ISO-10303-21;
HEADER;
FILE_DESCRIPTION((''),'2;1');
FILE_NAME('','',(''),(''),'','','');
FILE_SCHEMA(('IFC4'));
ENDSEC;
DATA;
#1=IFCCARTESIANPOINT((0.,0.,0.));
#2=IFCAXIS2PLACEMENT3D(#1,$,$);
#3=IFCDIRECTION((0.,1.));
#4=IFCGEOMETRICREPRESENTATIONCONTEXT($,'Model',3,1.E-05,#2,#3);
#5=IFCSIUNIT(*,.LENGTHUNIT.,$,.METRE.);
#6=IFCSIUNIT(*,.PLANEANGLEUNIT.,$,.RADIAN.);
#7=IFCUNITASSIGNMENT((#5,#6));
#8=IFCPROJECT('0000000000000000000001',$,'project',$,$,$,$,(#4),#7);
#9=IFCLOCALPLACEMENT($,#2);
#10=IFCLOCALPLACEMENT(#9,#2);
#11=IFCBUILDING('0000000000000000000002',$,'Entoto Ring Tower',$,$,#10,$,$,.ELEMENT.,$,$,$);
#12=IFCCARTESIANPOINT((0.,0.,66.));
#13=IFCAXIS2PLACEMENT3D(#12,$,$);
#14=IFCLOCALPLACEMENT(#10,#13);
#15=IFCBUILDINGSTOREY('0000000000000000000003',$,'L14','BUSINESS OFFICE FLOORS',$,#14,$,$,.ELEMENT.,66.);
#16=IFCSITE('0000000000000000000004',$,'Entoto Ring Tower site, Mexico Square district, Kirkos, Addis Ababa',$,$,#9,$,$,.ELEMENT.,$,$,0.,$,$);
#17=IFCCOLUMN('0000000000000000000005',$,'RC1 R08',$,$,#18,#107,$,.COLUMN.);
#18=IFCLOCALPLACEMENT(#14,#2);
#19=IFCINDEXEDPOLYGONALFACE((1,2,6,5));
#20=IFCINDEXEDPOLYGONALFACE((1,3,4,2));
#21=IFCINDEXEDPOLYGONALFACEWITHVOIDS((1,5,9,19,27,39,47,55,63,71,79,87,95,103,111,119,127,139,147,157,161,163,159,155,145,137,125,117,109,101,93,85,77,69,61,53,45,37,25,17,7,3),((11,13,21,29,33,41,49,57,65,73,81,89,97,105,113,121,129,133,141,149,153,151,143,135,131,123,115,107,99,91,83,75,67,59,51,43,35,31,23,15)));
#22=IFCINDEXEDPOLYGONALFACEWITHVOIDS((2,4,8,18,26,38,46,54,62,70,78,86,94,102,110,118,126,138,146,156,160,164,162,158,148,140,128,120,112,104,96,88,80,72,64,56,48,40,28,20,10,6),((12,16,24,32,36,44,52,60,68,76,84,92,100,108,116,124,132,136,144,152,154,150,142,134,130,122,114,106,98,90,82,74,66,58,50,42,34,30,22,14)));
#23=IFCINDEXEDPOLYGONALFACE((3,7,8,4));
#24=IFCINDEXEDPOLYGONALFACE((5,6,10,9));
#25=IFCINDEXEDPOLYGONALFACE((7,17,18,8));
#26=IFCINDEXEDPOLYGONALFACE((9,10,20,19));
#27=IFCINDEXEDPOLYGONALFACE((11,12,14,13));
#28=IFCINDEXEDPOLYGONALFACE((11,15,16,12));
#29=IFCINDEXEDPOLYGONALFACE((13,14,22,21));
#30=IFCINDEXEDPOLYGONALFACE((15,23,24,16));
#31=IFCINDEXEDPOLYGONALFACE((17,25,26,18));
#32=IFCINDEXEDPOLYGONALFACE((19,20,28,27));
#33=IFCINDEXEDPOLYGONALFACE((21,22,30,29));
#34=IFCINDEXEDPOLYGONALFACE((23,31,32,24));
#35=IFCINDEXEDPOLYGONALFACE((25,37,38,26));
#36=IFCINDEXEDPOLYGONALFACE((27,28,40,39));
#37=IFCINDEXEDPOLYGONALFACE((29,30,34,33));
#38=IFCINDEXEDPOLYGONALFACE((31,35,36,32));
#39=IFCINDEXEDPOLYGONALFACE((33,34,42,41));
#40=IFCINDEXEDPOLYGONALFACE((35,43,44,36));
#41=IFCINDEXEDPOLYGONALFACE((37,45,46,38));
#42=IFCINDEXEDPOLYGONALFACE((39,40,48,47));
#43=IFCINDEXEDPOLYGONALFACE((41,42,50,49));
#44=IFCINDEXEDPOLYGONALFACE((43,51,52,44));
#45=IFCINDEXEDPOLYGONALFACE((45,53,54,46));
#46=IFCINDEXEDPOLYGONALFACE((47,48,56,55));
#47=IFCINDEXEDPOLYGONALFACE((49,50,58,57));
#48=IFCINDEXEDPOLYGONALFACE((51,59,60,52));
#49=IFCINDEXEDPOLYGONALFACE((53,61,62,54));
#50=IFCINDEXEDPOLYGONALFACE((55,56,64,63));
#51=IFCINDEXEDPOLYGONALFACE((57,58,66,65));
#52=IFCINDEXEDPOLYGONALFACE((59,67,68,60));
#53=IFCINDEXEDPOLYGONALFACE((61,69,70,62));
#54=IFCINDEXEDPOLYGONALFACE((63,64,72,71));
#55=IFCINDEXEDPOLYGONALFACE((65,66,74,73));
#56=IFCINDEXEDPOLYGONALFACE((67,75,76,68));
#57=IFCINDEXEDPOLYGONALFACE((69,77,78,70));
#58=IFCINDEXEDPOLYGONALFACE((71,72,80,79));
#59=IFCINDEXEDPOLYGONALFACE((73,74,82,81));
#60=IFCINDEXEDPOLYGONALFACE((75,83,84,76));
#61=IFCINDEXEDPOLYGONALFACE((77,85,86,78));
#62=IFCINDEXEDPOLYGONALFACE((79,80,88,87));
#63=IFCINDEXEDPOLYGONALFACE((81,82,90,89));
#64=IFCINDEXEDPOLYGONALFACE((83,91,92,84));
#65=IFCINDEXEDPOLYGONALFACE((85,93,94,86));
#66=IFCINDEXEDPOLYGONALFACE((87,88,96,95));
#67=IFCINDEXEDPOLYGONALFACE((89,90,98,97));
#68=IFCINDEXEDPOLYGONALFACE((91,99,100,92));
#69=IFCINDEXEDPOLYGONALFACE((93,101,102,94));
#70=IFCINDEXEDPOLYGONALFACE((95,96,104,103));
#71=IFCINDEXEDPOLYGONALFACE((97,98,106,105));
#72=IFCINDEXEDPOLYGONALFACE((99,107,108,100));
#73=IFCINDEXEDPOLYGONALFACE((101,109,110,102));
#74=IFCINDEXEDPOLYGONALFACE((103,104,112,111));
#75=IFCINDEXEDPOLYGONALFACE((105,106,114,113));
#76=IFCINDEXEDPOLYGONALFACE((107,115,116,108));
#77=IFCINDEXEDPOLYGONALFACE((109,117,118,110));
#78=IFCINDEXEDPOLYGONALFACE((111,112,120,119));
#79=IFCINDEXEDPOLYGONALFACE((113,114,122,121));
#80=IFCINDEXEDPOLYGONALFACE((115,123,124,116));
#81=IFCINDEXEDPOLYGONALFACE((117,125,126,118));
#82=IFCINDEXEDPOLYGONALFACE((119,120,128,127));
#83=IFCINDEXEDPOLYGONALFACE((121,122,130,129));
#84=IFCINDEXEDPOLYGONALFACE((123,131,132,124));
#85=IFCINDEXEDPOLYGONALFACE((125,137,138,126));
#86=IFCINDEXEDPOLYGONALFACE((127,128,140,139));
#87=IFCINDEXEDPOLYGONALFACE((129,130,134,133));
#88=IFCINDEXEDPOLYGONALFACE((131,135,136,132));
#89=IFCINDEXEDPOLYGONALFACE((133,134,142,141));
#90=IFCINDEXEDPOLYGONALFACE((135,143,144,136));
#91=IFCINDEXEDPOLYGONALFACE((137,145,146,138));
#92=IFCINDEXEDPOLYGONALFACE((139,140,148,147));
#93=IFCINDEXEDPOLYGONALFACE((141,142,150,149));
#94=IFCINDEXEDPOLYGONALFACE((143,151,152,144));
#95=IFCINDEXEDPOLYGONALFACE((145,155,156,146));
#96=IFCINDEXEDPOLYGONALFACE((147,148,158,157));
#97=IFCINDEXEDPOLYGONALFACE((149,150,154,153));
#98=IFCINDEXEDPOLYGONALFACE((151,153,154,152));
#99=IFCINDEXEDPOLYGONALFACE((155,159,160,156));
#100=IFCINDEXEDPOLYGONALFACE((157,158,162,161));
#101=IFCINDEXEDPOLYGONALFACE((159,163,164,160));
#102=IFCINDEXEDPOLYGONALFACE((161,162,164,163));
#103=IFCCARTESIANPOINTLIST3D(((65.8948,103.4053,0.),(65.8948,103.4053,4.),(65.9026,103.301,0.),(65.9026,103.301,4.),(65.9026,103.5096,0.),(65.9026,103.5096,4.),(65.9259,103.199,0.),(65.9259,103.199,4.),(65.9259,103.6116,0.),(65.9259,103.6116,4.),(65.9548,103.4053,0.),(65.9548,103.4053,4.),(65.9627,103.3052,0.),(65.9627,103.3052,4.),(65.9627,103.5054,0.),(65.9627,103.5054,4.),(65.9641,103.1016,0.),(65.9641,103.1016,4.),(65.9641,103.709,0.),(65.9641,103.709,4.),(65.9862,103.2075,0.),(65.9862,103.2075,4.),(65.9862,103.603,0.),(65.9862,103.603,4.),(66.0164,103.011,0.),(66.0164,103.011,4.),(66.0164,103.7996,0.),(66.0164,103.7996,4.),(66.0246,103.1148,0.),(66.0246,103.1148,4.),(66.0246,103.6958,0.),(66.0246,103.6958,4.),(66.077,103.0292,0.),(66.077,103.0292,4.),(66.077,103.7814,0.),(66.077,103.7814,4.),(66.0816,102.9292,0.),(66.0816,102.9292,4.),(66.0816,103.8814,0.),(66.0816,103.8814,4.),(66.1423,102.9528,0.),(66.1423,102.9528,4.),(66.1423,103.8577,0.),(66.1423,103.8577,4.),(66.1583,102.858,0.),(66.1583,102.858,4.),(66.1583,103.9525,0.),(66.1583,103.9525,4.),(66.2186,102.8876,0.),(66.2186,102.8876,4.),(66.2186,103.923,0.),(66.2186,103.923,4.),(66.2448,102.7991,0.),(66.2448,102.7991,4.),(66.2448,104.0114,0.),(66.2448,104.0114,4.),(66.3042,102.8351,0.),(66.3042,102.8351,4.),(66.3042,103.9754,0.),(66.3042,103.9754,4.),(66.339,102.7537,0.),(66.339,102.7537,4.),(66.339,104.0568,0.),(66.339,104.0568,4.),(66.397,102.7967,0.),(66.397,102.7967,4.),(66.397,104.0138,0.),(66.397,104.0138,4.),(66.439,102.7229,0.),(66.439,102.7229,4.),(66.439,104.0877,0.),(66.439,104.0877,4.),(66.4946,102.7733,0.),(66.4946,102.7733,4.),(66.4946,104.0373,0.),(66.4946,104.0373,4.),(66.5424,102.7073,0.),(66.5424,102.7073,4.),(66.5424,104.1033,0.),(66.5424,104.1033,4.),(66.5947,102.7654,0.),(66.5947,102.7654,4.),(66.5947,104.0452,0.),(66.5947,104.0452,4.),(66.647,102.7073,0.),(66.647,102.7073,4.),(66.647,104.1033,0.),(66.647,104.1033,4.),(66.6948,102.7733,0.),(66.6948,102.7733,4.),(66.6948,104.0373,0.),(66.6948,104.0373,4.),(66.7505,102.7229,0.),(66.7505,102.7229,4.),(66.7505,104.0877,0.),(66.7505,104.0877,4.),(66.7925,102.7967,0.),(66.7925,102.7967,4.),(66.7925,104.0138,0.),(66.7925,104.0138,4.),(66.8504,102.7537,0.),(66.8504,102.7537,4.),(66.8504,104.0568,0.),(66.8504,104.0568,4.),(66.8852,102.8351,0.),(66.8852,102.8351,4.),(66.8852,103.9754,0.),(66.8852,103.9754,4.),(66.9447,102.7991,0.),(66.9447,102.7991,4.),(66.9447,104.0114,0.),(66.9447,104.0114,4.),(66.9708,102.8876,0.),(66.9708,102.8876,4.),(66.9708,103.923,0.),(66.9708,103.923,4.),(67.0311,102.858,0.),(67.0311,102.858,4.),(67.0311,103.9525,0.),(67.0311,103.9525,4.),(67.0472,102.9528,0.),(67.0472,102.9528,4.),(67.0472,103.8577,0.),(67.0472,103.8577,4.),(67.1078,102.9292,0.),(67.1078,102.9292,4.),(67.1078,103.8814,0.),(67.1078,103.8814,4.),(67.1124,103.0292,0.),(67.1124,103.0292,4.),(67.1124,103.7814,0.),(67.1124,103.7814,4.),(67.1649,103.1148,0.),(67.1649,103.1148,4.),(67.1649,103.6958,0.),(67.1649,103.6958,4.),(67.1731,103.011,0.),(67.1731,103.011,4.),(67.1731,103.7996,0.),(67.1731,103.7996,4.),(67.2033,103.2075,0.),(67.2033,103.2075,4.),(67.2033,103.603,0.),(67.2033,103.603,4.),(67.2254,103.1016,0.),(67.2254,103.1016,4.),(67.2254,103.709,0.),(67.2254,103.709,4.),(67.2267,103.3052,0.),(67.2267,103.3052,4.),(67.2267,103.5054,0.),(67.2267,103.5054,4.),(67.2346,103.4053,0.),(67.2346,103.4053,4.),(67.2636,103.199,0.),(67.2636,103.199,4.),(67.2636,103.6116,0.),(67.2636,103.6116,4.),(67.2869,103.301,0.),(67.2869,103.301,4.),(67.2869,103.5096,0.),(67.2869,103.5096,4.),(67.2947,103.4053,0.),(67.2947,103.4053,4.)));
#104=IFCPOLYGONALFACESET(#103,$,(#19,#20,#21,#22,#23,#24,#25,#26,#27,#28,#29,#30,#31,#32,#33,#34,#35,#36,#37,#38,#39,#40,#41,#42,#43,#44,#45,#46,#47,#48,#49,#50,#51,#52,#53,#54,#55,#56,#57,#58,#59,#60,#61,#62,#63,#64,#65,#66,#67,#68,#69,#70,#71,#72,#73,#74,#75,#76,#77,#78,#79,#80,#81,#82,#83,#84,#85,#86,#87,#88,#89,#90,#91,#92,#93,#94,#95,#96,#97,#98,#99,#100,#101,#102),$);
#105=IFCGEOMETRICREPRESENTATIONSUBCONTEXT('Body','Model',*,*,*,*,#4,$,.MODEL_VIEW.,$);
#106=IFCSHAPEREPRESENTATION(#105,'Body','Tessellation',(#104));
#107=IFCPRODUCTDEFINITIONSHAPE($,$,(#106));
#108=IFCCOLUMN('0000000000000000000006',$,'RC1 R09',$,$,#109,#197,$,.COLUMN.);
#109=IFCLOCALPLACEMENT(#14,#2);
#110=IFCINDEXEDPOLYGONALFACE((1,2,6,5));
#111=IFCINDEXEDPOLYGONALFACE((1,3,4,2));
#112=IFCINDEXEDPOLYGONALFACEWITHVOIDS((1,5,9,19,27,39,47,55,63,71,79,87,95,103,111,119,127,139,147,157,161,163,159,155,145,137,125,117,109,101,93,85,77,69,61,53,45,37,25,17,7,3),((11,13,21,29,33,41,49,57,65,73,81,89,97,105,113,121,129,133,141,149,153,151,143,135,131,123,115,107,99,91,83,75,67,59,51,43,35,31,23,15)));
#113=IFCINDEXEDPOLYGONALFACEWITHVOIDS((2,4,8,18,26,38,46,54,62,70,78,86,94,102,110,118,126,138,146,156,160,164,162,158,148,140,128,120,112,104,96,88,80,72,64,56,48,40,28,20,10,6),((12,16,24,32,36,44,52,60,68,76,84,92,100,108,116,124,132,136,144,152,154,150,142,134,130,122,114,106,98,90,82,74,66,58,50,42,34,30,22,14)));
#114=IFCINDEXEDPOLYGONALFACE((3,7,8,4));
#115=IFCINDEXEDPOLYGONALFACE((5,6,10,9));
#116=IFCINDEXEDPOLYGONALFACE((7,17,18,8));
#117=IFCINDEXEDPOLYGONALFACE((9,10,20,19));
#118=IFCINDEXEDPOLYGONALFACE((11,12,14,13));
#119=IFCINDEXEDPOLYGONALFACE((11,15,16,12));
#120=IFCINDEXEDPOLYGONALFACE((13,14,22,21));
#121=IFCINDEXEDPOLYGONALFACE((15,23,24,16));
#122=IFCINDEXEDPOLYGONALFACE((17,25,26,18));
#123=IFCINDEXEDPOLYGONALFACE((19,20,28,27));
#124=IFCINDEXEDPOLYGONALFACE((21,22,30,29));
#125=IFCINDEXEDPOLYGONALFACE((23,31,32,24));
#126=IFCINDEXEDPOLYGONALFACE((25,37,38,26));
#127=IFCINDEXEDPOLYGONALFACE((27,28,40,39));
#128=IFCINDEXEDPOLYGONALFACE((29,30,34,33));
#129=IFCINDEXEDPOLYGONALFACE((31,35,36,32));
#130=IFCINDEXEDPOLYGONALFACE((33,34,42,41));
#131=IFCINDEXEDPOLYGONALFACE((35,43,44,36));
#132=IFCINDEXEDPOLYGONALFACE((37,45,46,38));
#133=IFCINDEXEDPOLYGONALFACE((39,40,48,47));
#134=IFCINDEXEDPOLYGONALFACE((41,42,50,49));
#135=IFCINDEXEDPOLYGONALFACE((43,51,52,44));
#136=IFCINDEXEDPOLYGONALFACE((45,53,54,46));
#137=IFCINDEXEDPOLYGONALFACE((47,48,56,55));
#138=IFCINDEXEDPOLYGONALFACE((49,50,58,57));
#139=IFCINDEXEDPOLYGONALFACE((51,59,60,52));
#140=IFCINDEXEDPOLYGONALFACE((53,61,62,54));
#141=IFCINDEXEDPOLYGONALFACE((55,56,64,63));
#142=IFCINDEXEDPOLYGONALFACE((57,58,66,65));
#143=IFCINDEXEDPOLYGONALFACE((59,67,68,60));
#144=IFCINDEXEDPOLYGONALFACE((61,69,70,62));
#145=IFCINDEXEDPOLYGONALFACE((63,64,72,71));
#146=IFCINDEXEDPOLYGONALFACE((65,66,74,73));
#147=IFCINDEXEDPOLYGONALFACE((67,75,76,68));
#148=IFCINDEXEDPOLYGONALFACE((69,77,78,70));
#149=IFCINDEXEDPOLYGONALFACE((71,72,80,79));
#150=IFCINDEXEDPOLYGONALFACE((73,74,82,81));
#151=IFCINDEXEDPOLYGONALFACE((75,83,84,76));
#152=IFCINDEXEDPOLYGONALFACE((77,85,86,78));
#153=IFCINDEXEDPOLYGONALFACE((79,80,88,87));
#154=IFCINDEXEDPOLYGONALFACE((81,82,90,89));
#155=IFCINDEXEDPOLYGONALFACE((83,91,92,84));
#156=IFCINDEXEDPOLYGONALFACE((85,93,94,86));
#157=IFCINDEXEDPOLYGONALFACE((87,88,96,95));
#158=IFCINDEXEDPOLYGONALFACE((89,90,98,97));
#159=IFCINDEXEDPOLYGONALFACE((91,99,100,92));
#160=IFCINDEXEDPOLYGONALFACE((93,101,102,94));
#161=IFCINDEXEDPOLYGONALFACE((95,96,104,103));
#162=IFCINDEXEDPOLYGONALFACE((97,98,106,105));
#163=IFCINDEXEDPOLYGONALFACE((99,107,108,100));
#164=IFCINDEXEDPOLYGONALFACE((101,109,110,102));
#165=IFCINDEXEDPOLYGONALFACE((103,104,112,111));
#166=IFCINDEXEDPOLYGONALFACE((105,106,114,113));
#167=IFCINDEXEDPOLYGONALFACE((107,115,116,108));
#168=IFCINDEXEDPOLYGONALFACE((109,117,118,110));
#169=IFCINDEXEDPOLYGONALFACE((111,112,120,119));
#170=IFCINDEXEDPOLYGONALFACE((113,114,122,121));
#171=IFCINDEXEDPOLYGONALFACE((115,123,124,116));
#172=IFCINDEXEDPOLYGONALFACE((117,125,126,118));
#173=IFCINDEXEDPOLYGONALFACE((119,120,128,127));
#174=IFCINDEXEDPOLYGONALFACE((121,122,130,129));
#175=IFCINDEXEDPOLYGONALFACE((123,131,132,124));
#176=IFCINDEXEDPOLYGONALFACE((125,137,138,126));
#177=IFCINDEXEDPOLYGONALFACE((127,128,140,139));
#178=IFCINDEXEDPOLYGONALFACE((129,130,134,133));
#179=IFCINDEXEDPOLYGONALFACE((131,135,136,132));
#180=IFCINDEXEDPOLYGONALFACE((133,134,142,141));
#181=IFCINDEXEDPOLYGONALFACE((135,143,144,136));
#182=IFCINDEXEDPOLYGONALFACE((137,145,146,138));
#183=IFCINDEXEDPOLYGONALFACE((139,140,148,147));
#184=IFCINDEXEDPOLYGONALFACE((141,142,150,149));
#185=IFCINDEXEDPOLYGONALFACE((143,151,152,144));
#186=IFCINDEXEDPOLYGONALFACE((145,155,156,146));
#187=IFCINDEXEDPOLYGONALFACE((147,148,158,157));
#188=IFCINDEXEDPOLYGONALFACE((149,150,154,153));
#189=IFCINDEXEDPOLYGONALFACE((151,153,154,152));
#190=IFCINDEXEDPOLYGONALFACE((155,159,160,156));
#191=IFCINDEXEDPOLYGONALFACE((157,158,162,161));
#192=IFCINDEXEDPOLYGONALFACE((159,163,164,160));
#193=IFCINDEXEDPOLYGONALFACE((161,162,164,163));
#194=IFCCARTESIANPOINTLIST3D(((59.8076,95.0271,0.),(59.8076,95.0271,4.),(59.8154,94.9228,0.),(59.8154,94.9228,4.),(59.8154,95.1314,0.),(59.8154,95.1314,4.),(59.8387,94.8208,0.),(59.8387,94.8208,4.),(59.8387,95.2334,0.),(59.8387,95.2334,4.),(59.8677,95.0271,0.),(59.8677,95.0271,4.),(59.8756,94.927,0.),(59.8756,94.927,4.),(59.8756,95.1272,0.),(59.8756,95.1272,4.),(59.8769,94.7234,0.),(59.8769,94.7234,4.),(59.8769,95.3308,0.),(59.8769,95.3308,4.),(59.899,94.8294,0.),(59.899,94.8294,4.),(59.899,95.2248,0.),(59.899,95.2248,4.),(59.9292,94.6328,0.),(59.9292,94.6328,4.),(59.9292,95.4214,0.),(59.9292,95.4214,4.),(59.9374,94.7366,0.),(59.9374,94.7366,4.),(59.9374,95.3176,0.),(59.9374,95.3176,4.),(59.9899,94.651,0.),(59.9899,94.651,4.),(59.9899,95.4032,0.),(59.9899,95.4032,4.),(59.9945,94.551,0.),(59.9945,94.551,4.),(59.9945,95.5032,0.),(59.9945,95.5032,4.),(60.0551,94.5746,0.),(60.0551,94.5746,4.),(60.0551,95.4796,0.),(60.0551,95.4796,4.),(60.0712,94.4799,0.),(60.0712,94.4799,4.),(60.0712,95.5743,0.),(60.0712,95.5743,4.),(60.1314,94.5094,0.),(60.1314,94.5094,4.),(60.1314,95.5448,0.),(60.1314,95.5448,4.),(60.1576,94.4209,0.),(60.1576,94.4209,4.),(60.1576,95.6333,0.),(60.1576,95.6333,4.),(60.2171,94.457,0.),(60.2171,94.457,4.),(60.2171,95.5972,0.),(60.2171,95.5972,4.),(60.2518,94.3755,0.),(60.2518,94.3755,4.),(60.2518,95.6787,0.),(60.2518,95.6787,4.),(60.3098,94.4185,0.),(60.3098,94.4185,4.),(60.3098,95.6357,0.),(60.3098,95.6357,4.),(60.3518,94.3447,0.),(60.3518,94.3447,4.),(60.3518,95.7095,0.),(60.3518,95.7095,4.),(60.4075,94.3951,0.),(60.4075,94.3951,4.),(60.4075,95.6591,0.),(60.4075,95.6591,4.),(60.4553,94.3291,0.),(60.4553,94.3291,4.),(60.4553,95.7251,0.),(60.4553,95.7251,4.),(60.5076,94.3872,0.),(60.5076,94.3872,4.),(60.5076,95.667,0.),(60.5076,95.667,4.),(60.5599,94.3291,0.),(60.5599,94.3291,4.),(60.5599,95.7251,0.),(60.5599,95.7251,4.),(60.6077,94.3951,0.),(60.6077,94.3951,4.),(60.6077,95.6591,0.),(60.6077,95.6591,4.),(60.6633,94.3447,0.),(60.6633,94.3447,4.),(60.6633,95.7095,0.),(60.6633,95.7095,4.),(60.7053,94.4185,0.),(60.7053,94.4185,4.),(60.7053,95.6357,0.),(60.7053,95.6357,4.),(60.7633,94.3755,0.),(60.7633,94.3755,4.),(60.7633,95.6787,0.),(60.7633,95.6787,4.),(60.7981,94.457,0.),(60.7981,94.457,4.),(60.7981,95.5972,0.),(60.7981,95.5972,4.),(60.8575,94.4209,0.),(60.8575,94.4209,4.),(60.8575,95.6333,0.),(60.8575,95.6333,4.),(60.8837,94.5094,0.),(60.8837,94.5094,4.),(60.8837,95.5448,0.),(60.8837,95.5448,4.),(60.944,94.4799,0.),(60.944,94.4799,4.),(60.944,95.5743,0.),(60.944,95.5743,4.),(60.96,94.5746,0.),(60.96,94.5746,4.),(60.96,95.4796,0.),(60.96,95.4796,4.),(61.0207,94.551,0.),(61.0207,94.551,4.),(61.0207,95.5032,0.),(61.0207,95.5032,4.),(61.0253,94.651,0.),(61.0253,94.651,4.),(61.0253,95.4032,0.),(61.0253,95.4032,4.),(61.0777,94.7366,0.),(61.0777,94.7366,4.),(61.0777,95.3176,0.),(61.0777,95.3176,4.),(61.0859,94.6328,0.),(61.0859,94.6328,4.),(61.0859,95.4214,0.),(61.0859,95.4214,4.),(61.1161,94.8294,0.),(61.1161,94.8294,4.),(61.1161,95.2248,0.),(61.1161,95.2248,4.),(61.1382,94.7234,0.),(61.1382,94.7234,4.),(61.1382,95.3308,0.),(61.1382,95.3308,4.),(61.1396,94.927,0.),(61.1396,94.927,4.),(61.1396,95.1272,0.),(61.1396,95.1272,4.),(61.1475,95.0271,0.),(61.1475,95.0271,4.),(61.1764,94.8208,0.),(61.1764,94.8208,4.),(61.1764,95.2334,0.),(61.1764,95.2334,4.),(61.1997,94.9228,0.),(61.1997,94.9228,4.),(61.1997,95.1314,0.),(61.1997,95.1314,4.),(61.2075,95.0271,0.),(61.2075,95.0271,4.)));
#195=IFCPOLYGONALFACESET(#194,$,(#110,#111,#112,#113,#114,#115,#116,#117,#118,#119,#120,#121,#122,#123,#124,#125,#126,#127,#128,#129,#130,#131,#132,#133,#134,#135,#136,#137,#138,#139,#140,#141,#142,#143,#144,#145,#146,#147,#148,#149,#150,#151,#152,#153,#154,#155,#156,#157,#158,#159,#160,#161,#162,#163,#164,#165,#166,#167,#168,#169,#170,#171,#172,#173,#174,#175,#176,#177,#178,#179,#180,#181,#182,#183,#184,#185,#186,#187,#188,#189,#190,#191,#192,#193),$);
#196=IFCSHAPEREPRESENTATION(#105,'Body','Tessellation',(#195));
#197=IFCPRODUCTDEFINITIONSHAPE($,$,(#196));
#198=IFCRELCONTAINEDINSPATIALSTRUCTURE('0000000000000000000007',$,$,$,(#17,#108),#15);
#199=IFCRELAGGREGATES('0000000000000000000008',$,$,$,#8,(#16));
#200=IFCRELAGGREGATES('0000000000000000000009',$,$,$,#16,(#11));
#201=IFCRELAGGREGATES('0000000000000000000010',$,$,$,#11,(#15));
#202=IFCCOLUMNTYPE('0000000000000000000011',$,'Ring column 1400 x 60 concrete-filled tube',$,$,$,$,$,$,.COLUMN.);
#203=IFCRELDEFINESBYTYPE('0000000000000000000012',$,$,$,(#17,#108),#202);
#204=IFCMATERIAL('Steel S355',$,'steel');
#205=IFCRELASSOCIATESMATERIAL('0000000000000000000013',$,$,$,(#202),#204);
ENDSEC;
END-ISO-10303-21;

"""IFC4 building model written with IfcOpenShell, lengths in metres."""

from ifc_helpers import new_model, si_unit, direction, frame, origin, origin_2d, place, context, subcontext, project, spatial, circle, hollow_circle, extrude, material, material_profile, profile_set, type_object, element, save


model = new_model("IFC4")

# Units and contexts
model_context = context("Model", 3, precision=1e-05, world=origin(), true_north=direction((0.0, 1.0)))
body_context = subcontext(model_context, "Body", "Model", "MODEL_VIEW")
ifc_project = project(units=[si_unit("LENGTHUNIT", "METRE"), si_unit("PLANEANGLEUNIT", "RADIAN")], contexts=[model_context])

# Site, building, storey
site_placement = place(None, origin())
site = spatial("IfcSite", under=ifc_project, at=site_placement, Name="Entoto Ring Tower site, Mexico Square district, Kirkos, Addis Ababa", CompositionType="ELEMENT", RefElevation=0.0)
building_placement = place(site_placement, origin())
building = spatial("IfcBuilding", under=site, at=building_placement, Name="Entoto Ring Tower", CompositionType="ELEMENT")
storey_placement = place(building_placement, frame((0.0, 0.0, 66.0)))
storey = spatial("IfcBuildingStorey", under=building, at=storey_placement, Name="L14", Description="BUSINESS OFFICE FLOORS", CompositionType="ELEMENT", Elevation=66.0)

# Columns
ifc_material_1 = material(Name="Steel S355", Category="steel")
ifc_material_profile_1 = material_profile(ifc_material_1, hollow_circle(Radius=0.7, WallThickness=0.0601, at=origin_2d()), Name="CHS 1400 x 60")
ifc_material_2 = material(Name="Concrete C60/75", Category="concrete")
ifc_material_profile_2 = material_profile(ifc_material_2, circle(Radius=0.6399, at=origin_2d()), Name="Concrete C60/75 infill")
ifc_profile_set_1 = profile_set([ifc_material_profile_1, ifc_material_profile_2], Name="Steel S355")
column_type = type_object("IfcColumnType", Name="Ring column 1400 x 60 concrete-filled tube", PredefinedType="COLUMN", material=ifc_profile_set_1)
for number, where, z_axis, x_axis, name in (
    (1, (66.5947, 103.4053, 0.0), (0.0, 0.0, 1.0), (1.0, 0.0, 0.0), "RC1 R08"),
    (2, (60.5076, 95.0271, 0.0), (0.0, 0.0, 1.0), (1.0, 0.0, 0.0), "RC1 R09"),
):
    element("IfcColumn", number, at=place(storey_placement, frame(where, z_axis=z_axis, x_axis=x_axis)), inside=storey, type_object=column_type, Name=name, PredefinedType="COLUMN", context=body_context, shape_type="SweptSolid", body=[
        extrude(hollow_circle(Radius=0.7, WallThickness=0.0601, at=origin_2d()), origin(), (0.0, 0.0, 1.0), 4.0),
    ])

save(model, "model.ifc")
